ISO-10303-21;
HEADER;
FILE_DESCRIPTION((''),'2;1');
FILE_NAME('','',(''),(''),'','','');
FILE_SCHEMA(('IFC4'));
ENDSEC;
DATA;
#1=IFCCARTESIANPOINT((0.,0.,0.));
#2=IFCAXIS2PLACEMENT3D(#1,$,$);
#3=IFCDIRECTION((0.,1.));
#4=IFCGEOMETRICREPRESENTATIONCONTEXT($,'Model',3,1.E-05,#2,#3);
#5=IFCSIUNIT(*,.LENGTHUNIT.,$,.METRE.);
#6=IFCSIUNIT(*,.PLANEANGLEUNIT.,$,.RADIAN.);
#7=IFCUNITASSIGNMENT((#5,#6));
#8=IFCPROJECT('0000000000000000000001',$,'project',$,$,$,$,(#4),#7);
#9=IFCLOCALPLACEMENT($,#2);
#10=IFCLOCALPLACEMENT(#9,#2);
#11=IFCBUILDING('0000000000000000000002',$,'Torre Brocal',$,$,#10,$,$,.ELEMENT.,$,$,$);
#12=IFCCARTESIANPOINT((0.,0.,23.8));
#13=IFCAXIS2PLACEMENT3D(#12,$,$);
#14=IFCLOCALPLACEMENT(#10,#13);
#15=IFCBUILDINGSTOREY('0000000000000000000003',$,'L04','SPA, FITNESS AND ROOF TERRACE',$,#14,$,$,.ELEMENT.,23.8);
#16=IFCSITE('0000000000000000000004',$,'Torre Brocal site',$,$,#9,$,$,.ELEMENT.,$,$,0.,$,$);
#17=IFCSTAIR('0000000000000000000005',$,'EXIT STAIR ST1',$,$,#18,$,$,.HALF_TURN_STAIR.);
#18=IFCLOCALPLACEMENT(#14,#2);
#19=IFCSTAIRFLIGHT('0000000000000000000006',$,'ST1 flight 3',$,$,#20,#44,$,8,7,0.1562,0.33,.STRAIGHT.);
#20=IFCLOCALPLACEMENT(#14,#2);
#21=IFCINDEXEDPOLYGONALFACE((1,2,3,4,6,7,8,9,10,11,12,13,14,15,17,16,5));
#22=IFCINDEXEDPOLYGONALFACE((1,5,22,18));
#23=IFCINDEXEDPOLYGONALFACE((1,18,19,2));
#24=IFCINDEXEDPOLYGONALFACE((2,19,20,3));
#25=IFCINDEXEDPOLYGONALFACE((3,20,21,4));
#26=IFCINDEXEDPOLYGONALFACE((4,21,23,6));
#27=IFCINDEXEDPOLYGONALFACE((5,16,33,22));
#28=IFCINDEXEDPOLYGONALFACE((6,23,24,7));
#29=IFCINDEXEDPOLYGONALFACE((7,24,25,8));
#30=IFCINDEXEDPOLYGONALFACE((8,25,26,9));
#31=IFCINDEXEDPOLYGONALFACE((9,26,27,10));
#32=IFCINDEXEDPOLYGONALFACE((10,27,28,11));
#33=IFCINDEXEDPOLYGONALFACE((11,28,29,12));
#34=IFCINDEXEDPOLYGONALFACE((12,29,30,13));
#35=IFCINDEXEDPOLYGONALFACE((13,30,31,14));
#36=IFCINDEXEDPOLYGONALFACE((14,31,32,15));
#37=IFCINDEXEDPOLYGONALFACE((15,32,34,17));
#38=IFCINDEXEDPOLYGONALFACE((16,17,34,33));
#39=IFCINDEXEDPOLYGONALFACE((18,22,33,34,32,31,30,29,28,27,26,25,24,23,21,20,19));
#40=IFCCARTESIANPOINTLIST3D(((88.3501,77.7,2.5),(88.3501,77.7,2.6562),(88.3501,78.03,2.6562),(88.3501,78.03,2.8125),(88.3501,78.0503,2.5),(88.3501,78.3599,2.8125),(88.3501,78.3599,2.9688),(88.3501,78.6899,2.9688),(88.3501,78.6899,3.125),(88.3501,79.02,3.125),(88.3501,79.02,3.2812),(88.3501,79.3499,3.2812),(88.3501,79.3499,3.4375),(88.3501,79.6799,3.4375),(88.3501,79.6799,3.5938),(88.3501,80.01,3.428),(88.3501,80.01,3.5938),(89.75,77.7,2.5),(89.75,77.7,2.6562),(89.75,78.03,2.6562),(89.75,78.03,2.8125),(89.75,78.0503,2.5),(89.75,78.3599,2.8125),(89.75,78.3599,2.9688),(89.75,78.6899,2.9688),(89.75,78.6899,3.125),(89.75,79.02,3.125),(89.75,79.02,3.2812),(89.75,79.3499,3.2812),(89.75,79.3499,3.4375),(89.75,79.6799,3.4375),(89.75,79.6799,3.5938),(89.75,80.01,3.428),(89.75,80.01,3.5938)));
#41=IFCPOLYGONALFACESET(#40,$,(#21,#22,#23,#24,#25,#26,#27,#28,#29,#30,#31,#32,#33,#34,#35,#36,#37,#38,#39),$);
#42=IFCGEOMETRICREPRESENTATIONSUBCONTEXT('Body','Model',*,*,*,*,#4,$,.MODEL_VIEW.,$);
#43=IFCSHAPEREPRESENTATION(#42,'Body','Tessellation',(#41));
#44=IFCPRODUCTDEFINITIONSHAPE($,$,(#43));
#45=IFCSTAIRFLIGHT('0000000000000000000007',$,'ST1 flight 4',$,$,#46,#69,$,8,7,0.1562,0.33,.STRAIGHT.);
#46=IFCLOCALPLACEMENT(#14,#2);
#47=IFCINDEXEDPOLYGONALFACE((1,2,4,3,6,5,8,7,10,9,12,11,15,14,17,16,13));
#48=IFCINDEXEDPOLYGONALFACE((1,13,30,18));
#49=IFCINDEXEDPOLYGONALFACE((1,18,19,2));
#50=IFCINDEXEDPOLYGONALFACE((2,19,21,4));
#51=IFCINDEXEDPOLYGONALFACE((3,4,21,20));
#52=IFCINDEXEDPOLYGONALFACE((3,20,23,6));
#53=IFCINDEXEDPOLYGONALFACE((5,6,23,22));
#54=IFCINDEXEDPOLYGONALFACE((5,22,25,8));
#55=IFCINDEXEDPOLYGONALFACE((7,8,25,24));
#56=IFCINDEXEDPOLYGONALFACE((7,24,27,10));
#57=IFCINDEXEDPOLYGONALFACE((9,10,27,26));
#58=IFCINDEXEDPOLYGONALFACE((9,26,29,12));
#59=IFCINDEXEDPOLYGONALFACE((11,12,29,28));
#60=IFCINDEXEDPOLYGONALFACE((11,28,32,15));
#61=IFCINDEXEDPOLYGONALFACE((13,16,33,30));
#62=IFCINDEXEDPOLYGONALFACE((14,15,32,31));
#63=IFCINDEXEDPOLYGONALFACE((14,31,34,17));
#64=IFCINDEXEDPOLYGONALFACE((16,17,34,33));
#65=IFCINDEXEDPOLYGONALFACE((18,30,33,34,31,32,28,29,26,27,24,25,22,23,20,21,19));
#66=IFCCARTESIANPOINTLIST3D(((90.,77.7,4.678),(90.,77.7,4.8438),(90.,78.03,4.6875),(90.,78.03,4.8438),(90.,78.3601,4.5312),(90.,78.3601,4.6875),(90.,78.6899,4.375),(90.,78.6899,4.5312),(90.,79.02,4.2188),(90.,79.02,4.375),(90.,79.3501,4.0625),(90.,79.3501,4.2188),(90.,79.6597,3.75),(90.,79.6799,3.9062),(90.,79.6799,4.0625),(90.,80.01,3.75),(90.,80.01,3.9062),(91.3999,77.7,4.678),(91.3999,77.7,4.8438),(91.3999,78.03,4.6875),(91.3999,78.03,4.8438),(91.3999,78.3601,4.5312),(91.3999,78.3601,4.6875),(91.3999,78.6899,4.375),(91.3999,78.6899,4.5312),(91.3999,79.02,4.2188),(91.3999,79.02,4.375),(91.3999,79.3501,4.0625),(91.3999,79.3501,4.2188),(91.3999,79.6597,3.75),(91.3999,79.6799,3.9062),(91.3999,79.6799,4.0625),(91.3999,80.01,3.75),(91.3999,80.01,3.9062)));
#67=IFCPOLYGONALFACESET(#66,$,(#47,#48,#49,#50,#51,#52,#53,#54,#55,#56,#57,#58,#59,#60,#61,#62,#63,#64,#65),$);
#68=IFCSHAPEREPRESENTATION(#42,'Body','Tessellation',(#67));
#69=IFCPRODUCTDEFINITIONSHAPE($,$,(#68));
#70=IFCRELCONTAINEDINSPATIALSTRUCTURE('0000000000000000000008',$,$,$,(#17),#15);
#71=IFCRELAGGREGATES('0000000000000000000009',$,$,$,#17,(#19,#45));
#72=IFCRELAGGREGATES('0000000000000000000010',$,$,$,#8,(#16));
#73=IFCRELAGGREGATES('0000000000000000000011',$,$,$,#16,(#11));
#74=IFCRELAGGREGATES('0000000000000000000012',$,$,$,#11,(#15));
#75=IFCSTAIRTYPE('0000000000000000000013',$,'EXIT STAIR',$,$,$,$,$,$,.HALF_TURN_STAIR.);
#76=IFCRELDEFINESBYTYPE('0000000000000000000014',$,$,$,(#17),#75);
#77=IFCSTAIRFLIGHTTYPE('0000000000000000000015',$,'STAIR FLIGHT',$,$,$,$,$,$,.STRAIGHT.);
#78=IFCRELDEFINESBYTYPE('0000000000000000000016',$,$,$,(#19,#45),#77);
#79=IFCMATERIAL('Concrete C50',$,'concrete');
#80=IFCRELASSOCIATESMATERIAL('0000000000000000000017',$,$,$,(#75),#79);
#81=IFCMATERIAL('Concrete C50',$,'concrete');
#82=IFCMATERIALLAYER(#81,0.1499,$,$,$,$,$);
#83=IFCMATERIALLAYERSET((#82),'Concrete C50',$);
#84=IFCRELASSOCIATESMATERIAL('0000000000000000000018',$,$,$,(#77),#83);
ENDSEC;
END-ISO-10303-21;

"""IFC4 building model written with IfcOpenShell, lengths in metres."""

from ifc_helpers import new_model, si_unit, direction, frame, origin, place, context, subcontext, project, spatial, polyline, outline, extrude, material, layer, layer_set, type_object, element, aggregate, save


model = new_model("IFC4")

# Units and contexts
model_context = context("Model", 3, precision=1e-05, world=origin(), true_north=direction((0.0, 1.0)))
body_context = subcontext(model_context, "Body", "Model", "MODEL_VIEW")
ifc_project = project(units=[si_unit("LENGTHUNIT", "METRE"), si_unit("PLANEANGLEUNIT", "RADIAN")], contexts=[model_context])

# Site, building, storey
site_placement = place(None, origin())
site = spatial("IfcSite", under=ifc_project, at=site_placement, Name="Torre Brocal site", CompositionType="ELEMENT", RefElevation=0.0)
building_placement = place(site_placement, origin())
building = spatial("IfcBuilding", under=site, at=building_placement, Name="Torre Brocal", CompositionType="ELEMENT")
storey_placement = place(building_placement, frame((0.0, 0.0, 23.8)))
storey = spatial("IfcBuildingStorey", under=building, at=storey_placement, Name="L04", Description="SPA, FITNESS AND ROOF TERRACE", CompositionType="ELEMENT", Elevation=23.8)

# Stair, stair flights
ifc_material_1 = material(Name="Concrete C50", Category="concrete")
stair_type = type_object("IfcStairType", Name="EXIT STAIR", PredefinedType="HALF_TURN_STAIR", material=ifc_material_1)
stair_placement = place(storey_placement, origin())
stair = element("IfcStair", 1, at=stair_placement, inside=storey, type_object=stair_type, Name="EXIT STAIR ST1", PredefinedType="HALF_TURN_STAIR")
ifc_material_2 = material(Name="Concrete C50", Category="concrete")
ifc_layer_1 = layer(ifc_material_2, 0.1499)
ifc_layer_set_1 = layer_set([ifc_layer_1], Name="Concrete C50")
stair_flight_type = type_object("IfcStairFlightType", Name="STAIR FLIGHT", PredefinedType="STRAIGHT", material=ifc_layer_set_1)
stair_flight_1_placement = place(storey_placement, frame((89.05, 77.7, 2.5), z_axis=(0.0, 0.0, 1.0), x_axis=(0.0, 1.0, 0.0)))
stair_flight_1 = element("IfcStairFlight", 2, at=stair_flight_1_placement, type_object=stair_flight_type, Name="ST1 flight 3", NumberOfRisers=8, NumberOfTreads=7, PredefinedType="STRAIGHT", RiserHeight=0.1562, TreadLength=0.33, context=body_context, shape_type="SweptSolid", body=[
    extrude(outline(polyline([(0.0, 0.0), (0.0, 0.1562), (0.3301, 0.1562), (0.3301, 0.3125), (0.6599, 0.3125), (0.6599, 0.4688), (0.99, 0.4688), (0.99, 0.625), (1.3201, 0.625), (1.3201, 0.7812), (1.6499, 0.7812), (1.6499, 0.9375), (1.98, 0.9375), (1.98, 1.0938), (2.3101, 1.0938), (2.3101, 1.25), (2.3101, 0.928), (0.3503, 0.0), (0.0, 0.0)])), frame((0.0, 0.7, 0.0), z_axis=(0.0, -1.0, 0.0), x_axis=(1.0, 0.0, 0.0)), (0.0, 0.0, 1.0), 1.3999),
])
stair_flight_2_placement = place(storey_placement, frame((90.7, 80.01, 3.75), z_axis=(0.0, 0.0, 1.0), x_axis=(0.0, -1.0, 0.0)))
stair_flight_2 = element("IfcStairFlight", 3, at=stair_flight_2_placement, type_object=stair_flight_type, Name="ST1 flight 4", NumberOfRisers=8, NumberOfTreads=7, PredefinedType="STRAIGHT", RiserHeight=0.1562, TreadLength=0.33, context=body_context, shape_type="SweptSolid", body=[
    extrude(outline(polyline([(0.0, 0.0), (0.0, 0.1562), (0.3301, 0.1562), (0.3301, 0.3125), (0.6599, 0.3125), (0.6599, 0.4688), (0.99, 0.4688), (0.99, 0.625), (1.3201, 0.625), (1.3201, 0.7812), (1.6499, 0.7812), (1.6499, 0.9375), (1.98, 0.9375), (1.98, 1.0938), (2.3101, 1.0938), (2.3101, 1.25), (2.3101, 0.928), (0.3503, 0.0), (0.0, 0.0)])), frame((0.0, 0.7, 0.0), z_axis=(0.0, -1.0, 0.0), x_axis=(1.0, 0.0, 0.0)), (0.0, 0.0, 1.0), 1.3999),
])
aggregate(stair, [stair_flight_1, stair_flight_2])

save(model, "model.ifc")
